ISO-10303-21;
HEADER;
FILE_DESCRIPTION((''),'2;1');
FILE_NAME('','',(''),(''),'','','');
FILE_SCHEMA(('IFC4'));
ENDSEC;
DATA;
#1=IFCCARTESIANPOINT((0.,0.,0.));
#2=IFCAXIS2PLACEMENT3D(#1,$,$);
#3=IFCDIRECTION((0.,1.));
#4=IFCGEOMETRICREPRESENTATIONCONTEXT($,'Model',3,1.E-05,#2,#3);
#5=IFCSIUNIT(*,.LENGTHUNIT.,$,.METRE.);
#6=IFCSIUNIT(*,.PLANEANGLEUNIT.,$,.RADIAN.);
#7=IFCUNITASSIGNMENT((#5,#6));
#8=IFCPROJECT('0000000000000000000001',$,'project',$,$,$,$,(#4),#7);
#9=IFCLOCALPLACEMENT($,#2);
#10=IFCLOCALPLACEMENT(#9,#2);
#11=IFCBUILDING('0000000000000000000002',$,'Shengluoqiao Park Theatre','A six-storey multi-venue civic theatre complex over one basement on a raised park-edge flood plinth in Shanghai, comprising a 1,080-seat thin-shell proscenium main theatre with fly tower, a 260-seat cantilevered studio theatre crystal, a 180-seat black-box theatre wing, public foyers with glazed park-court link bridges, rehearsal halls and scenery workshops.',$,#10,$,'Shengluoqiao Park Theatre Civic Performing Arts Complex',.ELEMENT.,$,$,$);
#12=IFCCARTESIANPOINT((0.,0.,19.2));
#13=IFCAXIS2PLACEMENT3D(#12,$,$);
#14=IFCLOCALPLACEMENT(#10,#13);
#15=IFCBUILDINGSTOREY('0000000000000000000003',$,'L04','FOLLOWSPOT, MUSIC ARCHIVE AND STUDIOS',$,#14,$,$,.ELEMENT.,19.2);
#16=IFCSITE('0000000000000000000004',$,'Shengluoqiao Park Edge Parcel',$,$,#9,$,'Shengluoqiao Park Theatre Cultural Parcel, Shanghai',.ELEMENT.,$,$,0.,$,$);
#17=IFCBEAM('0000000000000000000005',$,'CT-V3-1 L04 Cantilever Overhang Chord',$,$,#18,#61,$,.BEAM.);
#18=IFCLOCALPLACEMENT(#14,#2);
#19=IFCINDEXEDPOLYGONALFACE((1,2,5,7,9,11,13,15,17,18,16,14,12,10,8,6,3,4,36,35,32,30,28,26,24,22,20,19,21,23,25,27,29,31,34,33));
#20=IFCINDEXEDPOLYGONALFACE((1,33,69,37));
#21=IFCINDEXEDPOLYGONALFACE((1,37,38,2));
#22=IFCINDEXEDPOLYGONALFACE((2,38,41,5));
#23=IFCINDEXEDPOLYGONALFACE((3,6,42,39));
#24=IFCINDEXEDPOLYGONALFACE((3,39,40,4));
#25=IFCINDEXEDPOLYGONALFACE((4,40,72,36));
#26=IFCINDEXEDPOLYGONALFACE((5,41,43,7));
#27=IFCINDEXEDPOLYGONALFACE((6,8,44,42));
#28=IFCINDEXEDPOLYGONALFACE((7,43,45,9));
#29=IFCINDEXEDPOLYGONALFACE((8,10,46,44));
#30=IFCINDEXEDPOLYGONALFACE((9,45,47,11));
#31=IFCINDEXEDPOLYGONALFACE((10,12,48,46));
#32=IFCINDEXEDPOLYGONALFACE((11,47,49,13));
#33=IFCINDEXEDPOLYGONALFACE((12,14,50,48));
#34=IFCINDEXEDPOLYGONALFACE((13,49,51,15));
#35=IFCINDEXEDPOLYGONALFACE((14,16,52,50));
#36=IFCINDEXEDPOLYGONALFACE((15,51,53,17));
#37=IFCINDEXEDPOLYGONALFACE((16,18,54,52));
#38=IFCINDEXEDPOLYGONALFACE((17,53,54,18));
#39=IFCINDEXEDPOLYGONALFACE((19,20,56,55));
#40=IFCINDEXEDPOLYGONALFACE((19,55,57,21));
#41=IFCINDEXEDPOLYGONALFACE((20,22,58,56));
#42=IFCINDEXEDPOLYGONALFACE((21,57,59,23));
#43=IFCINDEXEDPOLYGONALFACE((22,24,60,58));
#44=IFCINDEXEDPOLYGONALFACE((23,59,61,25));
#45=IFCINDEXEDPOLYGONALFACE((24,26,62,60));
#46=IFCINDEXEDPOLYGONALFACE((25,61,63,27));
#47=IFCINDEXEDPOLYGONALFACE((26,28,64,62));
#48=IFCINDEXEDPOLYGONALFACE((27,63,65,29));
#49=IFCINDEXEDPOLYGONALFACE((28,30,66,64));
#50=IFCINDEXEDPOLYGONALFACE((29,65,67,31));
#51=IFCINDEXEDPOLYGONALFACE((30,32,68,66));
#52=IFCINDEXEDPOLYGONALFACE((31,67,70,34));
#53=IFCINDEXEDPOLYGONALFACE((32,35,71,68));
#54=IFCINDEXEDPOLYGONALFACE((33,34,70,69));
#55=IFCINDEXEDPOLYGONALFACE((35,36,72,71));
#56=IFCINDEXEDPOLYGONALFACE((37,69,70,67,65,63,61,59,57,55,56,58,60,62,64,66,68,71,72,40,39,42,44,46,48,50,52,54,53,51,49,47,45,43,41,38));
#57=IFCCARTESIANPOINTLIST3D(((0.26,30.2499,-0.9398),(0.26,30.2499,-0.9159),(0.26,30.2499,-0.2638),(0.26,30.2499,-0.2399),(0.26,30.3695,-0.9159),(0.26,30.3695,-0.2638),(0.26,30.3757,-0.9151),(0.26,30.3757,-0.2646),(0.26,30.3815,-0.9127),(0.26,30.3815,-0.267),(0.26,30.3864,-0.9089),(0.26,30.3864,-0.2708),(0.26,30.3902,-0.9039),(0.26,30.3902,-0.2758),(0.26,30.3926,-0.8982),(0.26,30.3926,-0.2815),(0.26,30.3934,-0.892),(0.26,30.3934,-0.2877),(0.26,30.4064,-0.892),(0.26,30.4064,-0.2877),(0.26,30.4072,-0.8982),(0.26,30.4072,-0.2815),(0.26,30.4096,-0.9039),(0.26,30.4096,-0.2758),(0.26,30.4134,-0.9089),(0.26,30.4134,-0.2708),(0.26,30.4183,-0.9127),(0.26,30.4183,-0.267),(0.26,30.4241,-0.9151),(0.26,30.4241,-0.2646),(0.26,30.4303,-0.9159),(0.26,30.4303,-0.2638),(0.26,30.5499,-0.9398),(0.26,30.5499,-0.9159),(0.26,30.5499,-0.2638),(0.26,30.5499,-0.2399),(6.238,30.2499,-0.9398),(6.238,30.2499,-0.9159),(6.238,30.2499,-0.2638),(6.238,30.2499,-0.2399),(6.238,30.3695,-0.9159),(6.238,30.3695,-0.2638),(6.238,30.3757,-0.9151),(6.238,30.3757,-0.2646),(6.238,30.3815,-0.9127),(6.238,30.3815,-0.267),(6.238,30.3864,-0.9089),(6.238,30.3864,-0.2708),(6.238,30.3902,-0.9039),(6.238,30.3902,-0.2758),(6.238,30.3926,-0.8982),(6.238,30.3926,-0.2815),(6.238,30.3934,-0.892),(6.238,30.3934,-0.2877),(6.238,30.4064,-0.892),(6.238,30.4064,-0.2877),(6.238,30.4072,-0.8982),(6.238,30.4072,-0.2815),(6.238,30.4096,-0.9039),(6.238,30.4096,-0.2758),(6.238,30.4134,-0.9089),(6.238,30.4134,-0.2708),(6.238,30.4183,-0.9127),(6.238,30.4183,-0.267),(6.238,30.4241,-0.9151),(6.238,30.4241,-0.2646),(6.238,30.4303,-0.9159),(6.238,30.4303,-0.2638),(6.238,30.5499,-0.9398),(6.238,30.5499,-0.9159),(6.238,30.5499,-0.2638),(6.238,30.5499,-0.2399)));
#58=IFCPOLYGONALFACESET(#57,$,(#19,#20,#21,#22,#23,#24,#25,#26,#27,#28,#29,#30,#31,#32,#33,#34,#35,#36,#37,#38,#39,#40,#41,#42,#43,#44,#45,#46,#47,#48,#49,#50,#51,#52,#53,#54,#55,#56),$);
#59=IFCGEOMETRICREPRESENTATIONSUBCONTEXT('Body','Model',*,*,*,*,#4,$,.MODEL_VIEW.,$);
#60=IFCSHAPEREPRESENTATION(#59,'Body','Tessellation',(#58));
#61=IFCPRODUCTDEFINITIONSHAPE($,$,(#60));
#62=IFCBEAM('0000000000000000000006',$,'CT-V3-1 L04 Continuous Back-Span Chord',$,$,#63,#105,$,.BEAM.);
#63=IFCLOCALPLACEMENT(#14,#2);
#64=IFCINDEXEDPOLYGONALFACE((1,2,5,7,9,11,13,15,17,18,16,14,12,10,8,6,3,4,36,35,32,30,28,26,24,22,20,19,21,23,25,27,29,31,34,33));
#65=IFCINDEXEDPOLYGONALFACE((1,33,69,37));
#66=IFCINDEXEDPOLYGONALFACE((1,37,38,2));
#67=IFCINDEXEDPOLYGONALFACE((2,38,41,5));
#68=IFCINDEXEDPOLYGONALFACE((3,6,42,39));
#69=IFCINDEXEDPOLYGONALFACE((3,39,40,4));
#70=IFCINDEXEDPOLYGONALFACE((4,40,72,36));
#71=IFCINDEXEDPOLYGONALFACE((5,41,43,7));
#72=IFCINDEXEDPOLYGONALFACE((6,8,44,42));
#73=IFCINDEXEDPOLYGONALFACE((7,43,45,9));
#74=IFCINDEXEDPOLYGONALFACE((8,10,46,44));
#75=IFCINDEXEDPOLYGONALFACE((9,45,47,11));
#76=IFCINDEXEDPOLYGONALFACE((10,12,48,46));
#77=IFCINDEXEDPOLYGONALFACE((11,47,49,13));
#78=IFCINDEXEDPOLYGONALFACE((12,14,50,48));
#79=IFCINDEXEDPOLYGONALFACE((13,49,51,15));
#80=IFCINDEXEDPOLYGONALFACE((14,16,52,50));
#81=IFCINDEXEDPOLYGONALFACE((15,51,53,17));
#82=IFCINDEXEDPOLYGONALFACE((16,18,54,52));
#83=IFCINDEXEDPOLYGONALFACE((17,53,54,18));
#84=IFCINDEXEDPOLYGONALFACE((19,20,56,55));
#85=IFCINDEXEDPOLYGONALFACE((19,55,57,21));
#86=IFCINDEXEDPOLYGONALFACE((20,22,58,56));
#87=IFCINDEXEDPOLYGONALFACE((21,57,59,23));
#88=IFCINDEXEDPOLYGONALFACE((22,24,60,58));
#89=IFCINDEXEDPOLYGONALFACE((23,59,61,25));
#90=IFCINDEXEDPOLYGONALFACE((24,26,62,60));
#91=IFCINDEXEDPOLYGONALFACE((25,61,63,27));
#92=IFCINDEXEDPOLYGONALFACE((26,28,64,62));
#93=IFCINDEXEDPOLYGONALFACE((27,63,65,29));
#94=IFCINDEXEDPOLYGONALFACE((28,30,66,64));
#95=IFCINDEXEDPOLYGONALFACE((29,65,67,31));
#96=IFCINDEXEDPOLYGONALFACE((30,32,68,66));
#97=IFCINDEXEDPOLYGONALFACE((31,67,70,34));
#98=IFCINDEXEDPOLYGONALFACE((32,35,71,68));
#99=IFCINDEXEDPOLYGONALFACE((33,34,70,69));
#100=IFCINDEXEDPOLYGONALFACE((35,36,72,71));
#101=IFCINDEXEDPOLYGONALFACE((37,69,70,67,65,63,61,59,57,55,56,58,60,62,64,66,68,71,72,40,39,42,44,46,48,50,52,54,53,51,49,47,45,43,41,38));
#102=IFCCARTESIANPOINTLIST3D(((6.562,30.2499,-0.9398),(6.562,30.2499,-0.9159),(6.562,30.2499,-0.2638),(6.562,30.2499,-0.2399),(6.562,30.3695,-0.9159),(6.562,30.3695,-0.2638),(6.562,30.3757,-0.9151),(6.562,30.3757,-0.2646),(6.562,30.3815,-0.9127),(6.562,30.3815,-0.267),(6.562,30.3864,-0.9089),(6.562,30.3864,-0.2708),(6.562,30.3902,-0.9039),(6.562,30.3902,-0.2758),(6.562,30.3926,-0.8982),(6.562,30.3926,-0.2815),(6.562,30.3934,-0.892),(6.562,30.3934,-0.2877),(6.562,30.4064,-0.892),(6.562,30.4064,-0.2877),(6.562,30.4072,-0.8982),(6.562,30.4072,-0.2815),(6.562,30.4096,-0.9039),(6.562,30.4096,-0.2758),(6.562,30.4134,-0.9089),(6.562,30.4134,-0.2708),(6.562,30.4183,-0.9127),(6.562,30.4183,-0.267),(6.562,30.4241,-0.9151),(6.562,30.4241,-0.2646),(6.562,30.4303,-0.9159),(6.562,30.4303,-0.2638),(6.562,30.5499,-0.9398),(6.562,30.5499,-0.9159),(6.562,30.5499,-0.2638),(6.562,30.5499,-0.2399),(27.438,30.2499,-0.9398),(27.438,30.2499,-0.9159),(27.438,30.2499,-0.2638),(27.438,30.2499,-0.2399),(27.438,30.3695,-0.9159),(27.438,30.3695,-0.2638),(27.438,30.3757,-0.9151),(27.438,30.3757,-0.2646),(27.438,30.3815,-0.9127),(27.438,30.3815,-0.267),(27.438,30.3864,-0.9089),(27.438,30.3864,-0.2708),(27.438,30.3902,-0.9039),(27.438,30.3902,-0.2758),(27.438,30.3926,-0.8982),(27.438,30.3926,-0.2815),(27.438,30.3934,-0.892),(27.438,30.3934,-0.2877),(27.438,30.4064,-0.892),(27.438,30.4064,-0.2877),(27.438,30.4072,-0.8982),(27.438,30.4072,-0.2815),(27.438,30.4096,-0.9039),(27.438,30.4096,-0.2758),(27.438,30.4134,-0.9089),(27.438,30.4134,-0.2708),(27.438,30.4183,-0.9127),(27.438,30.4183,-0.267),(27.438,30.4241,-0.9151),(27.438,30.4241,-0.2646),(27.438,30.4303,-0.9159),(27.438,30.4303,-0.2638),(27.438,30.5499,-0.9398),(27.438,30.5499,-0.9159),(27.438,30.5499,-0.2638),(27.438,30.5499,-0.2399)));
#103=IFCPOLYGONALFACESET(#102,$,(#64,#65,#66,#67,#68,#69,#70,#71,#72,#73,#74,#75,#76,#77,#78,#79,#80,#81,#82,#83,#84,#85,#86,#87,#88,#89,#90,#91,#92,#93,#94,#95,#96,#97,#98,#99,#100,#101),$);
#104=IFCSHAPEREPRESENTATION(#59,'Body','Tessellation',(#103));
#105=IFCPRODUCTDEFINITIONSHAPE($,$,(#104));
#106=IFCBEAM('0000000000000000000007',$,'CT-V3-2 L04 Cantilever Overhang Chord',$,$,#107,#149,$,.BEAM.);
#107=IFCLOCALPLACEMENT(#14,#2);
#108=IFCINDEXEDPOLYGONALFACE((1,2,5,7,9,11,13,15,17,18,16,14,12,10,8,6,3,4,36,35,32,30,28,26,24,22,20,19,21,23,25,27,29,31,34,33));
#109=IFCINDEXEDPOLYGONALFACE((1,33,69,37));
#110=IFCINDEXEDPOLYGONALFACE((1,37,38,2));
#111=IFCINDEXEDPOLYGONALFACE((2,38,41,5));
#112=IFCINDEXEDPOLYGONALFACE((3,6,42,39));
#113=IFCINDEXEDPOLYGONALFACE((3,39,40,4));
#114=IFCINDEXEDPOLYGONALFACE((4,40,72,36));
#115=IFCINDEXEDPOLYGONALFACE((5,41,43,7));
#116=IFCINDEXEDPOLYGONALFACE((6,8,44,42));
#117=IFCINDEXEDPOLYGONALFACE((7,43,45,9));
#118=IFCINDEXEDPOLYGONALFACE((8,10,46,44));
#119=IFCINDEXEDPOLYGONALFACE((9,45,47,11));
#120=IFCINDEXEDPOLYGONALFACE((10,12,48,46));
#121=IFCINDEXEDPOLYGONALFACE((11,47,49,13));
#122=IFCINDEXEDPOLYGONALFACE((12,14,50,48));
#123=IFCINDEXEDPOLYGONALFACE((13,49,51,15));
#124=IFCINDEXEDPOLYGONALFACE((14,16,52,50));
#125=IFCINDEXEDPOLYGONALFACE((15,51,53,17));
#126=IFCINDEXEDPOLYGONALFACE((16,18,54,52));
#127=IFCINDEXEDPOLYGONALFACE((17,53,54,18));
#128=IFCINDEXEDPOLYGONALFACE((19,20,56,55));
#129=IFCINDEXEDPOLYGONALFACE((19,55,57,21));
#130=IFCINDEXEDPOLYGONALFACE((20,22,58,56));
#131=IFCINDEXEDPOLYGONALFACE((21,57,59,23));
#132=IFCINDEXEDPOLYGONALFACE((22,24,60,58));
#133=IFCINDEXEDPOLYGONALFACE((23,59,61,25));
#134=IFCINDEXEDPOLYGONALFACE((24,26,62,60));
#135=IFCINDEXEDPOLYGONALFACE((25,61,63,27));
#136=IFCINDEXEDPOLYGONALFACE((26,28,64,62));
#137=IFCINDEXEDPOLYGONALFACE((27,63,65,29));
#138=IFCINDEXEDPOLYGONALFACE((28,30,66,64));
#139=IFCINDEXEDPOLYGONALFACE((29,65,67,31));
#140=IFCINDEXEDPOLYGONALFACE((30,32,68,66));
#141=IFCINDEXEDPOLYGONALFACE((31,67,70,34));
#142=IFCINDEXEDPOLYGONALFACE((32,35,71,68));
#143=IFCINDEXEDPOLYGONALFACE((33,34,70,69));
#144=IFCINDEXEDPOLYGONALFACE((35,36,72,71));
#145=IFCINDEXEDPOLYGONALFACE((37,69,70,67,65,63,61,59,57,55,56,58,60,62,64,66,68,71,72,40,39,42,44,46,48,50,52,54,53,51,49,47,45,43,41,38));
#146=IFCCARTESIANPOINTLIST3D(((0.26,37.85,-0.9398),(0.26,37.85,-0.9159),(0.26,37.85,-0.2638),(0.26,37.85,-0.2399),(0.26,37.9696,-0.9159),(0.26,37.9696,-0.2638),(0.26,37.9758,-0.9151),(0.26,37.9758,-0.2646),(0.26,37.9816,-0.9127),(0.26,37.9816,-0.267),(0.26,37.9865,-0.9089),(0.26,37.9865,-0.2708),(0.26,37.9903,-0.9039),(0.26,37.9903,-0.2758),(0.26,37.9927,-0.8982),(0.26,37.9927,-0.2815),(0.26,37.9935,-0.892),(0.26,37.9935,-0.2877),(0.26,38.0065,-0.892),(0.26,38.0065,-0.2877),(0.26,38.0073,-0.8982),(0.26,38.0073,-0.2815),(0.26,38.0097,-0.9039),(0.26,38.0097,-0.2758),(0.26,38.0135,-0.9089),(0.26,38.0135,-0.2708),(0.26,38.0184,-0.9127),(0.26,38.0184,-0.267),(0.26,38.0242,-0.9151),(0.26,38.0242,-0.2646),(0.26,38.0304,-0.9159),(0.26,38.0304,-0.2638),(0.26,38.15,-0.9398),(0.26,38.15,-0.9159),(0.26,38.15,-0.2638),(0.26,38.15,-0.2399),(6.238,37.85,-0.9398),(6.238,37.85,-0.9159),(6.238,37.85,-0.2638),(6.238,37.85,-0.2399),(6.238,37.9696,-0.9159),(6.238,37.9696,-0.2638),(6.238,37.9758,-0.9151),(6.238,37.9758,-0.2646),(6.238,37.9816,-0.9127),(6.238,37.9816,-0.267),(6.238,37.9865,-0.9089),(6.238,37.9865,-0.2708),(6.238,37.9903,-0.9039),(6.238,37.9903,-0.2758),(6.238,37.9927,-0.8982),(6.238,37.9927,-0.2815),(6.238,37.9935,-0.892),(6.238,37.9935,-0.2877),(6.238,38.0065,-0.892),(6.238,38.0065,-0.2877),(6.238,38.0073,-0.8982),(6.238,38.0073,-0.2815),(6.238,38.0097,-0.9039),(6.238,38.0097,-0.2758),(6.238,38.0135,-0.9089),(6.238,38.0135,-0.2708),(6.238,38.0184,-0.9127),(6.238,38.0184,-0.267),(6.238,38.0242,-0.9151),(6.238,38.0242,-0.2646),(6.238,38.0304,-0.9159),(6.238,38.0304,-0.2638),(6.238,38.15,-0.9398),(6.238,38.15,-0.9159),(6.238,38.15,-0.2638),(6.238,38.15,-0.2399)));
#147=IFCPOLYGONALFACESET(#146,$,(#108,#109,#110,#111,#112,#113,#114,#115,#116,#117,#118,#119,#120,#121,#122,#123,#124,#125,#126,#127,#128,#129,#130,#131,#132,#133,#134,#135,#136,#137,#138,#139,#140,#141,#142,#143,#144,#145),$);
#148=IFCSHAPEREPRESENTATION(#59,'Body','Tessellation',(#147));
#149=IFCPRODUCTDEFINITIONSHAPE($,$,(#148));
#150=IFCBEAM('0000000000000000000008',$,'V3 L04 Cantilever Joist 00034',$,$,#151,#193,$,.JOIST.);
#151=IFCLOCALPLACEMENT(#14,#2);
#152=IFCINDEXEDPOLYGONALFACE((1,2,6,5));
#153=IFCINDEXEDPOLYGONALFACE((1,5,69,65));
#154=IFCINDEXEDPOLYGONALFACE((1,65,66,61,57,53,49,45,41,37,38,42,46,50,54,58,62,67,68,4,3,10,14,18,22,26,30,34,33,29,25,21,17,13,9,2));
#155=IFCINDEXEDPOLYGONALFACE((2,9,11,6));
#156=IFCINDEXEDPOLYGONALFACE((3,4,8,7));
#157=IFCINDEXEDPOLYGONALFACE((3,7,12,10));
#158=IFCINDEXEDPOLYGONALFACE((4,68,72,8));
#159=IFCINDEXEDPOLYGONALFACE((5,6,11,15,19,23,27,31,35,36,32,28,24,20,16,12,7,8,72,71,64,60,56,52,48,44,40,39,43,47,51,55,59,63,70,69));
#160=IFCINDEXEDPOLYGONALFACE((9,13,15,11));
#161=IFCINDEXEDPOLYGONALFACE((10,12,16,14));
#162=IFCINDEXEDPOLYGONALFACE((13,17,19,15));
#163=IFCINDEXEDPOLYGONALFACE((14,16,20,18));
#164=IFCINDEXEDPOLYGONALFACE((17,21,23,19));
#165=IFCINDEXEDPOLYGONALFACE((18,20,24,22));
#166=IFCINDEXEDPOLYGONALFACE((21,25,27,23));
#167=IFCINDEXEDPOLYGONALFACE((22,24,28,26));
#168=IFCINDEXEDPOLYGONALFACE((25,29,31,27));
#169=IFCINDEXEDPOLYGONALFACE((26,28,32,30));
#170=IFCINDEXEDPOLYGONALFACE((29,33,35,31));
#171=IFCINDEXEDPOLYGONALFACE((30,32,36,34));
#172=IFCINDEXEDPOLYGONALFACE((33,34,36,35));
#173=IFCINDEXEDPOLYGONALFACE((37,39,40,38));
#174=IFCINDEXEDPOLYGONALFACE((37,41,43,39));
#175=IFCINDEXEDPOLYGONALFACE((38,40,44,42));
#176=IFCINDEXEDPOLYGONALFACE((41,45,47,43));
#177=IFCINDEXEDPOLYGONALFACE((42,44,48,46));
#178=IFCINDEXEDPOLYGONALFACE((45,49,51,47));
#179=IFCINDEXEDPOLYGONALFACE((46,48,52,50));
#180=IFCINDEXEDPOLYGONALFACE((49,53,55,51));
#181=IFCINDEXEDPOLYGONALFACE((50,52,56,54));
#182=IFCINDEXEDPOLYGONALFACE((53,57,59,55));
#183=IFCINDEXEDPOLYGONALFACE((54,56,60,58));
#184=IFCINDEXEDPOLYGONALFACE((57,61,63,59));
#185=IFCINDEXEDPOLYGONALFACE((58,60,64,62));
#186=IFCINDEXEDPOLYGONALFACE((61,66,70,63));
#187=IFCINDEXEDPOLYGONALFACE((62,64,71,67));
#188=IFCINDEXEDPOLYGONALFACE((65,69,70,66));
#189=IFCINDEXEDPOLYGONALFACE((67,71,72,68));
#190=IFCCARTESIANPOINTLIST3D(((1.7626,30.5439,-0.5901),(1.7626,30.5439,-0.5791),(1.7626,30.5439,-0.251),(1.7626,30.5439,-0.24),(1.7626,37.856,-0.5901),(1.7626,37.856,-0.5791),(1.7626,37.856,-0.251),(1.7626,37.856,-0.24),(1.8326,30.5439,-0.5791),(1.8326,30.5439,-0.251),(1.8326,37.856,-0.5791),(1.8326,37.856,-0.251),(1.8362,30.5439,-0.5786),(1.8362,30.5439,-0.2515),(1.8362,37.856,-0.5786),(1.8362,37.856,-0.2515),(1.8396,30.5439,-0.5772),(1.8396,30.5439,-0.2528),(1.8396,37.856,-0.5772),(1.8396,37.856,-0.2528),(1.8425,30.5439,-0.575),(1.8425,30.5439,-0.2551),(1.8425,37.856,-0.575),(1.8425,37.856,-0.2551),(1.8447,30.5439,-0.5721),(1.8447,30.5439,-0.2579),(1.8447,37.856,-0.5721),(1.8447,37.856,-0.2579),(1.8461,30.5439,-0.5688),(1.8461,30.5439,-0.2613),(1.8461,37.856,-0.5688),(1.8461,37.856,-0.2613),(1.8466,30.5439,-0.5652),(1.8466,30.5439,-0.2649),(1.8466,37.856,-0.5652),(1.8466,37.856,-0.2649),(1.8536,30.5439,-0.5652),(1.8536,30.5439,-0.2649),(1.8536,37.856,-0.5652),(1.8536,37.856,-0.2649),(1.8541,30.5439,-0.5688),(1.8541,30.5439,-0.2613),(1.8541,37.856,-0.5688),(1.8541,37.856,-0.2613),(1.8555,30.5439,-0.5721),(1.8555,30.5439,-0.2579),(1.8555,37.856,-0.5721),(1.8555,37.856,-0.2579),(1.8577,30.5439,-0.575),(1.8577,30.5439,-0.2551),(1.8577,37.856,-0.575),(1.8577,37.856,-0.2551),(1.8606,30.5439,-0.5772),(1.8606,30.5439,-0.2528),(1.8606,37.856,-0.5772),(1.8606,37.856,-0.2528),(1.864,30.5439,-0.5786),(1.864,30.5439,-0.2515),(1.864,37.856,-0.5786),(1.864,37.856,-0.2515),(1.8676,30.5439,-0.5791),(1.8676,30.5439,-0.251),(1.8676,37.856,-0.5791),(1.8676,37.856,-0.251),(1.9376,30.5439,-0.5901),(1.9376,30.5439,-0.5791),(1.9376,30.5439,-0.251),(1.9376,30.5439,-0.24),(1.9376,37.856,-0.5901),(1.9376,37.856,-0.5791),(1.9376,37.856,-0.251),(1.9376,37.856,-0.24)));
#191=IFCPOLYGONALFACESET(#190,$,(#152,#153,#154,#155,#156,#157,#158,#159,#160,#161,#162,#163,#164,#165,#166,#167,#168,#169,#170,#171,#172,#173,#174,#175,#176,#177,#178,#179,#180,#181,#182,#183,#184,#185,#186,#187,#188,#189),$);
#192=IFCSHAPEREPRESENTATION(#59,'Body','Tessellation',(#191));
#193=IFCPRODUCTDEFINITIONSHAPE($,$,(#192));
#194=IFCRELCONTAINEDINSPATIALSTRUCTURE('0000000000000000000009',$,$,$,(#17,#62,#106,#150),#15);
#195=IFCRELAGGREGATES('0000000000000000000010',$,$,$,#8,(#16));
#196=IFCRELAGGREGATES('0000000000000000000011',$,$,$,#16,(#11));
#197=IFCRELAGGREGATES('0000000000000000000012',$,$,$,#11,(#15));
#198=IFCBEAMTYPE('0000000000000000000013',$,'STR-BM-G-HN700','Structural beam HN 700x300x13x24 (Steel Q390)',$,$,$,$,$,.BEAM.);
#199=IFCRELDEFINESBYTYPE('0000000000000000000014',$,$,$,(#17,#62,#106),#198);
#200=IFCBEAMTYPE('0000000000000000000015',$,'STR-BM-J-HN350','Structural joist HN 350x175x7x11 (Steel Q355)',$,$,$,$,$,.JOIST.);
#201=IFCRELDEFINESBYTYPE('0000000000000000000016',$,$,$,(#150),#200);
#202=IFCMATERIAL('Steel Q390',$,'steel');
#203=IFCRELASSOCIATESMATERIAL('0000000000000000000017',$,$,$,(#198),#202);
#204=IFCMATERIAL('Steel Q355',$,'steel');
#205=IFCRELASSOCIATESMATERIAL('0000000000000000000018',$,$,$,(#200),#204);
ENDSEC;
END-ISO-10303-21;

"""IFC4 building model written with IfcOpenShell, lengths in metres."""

from ifc_helpers import new_model, si_unit, direction, frame, origin, origin_2d, place, context, subcontext, project, spatial, i_section, extrude, material, material_profile, profile_set, type_object, element, save


model = new_model("IFC4")

# Units and contexts
model_context = context("Model", 3, precision=1e-05, world=origin(), true_north=direction((0.0, 1.0)))
body_context = subcontext(model_context, "Body", "Model", "MODEL_VIEW")
ifc_project = project(units=[si_unit("LENGTHUNIT", "METRE"), si_unit("PLANEANGLEUNIT", "RADIAN")], contexts=[model_context])

# Site, building, storey
site_placement = place(None, origin())
site = spatial("IfcSite", under=ifc_project, at=site_placement, Name="Shengluoqiao Park Edge Parcel", LongName="Shengluoqiao Park Theatre Cultural Parcel, Shanghai", CompositionType="ELEMENT", RefElevation=0.0)
building_placement = place(site_placement, origin())
building = spatial("IfcBuilding", under=site, at=building_placement, Name="Shengluoqiao Park Theatre", Description="A six-storey multi-venue civic theatre complex over one basement on a raised park-edge flood plinth in Shanghai, comprising a 1,080-seat thin-shell proscenium main theatre with fly tower, a 260-seat cantilevered studio theatre crystal, a 180-seat black-box theatre wing, public foyers with glazed park-court link bridges, rehearsal halls and scenery workshops.", LongName="Shengluoqiao Park Theatre Civic Performing Arts Complex", CompositionType="ELEMENT")
storey_placement = place(building_placement, frame((0.0, 0.0, 19.2)))
storey = spatial("IfcBuildingStorey", under=building, at=storey_placement, Name="L04", Description="FOLLOWSPOT, MUSIC ARCHIVE AND STUDIOS", CompositionType="ELEMENT", Elevation=19.2)

# Beams
ifc_material_1 = material(Name="Steel Q390", Category="steel")
ifc_material_profile_1 = material_profile(ifc_material_1, i_section(OverallWidth=0.3, OverallDepth=0.7, WebThickness=0.0129, FlangeThickness=0.0239, FilletRadius=0.0239, at=origin_2d()), Name="HN 700x300x13x24")
ifc_profile_set_1 = profile_set([ifc_material_profile_1], Name="Steel Q390")
beam_type_1 = type_object("IfcBeamType", Name="STR-BM-G-HN700", Description="Structural beam HN 700x300x13x24 (Steel Q390)", PredefinedType="BEAM", material=ifc_profile_set_1)
beam_1_placement = place(storey_placement, frame((0.26, 30.3999, -0.5898), z_axis=(1.0, 0.0, 0.0), x_axis=(0.0, 1.0, 0.0)))
element("IfcBeam", 1, at=beam_1_placement, inside=storey, type_object=beam_type_1, Name="CT-V3-1 L04 Cantilever Overhang Chord", PredefinedType="BEAM", context=body_context, shape_type="SweptSolid", body=[
    extrude(i_section(OverallWidth=0.3, OverallDepth=0.7, WebThickness=0.0129, FlangeThickness=0.0239, FilletRadius=0.0239, at=origin_2d()), origin(), (0.0, 0.0, 1.0), 5.978),
])
beam_2_placement = place(storey_placement, frame((6.562, 30.3999, -0.5898), z_axis=(1.0, 0.0, 0.0), x_axis=(0.0, 1.0, 0.0)))
element("IfcBeam", 2, at=beam_2_placement, inside=storey, type_object=beam_type_1, Name="CT-V3-1 L04 Continuous Back-Span Chord", PredefinedType="BEAM", context=body_context, shape_type="SweptSolid", body=[
    extrude(i_section(OverallWidth=0.3, OverallDepth=0.7, WebThickness=0.0129, FlangeThickness=0.0239, FilletRadius=0.0239, at=origin_2d()), origin(), (0.0, 0.0, 1.0), 20.876),
])
beam_3_placement = place(storey_placement, frame((0.26, 38.0, -0.5898), z_axis=(1.0, 0.0, 0.0), x_axis=(0.0, 1.0, 0.0)))
element("IfcBeam", 3, at=beam_3_placement, inside=storey, type_object=beam_type_1, Name="CT-V3-2 L04 Cantilever Overhang Chord", PredefinedType="BEAM", context=body_context, shape_type="SweptSolid", body=[
    extrude(i_section(OverallWidth=0.3, OverallDepth=0.7, WebThickness=0.0129, FlangeThickness=0.0239, FilletRadius=0.0239, at=origin_2d()), origin(), (0.0, 0.0, 1.0), 5.978),
])
ifc_material_2 = material(Name="Steel Q355", Category="steel")
ifc_material_profile_2 = material_profile(ifc_material_2, i_section(OverallWidth=0.175, OverallDepth=0.3501, WebThickness=0.0071, FlangeThickness=0.011, FilletRadius=0.0139, at=origin_2d()), Name="HN 350x175x7x11")
ifc_profile_set_2 = profile_set([ifc_material_profile_2], Name="Steel Q355")
beam_type_2 = type_object("IfcBeamType", Name="STR-BM-J-HN350", Description="Structural joist HN 350x175x7x11 (Steel Q355)", PredefinedType="JOIST", material=ifc_profile_set_2)
for number, where, z_axis, x_axis, name in (
    (4, (1.8501, 30.5439, -0.415), (0.0, 1.0, 0.0), (-1.0, 0.0, 0.0), "V3 L04 Cantilever Joist 00034"),
):
    element("IfcBeam", number, at=place(storey_placement, frame(where, z_axis=z_axis, x_axis=x_axis)), inside=storey, type_object=beam_type_2, Name=name, PredefinedType="JOIST", context=body_context, shape_type="SweptSolid", body=[
        extrude(i_section(OverallWidth=0.175, OverallDepth=0.3501, WebThickness=0.0071, FlangeThickness=0.011, FilletRadius=0.0139, at=origin_2d()), origin(), (0.0, 0.0, 1.0), 7.312),
    ])

save(model, "model.ifc")
